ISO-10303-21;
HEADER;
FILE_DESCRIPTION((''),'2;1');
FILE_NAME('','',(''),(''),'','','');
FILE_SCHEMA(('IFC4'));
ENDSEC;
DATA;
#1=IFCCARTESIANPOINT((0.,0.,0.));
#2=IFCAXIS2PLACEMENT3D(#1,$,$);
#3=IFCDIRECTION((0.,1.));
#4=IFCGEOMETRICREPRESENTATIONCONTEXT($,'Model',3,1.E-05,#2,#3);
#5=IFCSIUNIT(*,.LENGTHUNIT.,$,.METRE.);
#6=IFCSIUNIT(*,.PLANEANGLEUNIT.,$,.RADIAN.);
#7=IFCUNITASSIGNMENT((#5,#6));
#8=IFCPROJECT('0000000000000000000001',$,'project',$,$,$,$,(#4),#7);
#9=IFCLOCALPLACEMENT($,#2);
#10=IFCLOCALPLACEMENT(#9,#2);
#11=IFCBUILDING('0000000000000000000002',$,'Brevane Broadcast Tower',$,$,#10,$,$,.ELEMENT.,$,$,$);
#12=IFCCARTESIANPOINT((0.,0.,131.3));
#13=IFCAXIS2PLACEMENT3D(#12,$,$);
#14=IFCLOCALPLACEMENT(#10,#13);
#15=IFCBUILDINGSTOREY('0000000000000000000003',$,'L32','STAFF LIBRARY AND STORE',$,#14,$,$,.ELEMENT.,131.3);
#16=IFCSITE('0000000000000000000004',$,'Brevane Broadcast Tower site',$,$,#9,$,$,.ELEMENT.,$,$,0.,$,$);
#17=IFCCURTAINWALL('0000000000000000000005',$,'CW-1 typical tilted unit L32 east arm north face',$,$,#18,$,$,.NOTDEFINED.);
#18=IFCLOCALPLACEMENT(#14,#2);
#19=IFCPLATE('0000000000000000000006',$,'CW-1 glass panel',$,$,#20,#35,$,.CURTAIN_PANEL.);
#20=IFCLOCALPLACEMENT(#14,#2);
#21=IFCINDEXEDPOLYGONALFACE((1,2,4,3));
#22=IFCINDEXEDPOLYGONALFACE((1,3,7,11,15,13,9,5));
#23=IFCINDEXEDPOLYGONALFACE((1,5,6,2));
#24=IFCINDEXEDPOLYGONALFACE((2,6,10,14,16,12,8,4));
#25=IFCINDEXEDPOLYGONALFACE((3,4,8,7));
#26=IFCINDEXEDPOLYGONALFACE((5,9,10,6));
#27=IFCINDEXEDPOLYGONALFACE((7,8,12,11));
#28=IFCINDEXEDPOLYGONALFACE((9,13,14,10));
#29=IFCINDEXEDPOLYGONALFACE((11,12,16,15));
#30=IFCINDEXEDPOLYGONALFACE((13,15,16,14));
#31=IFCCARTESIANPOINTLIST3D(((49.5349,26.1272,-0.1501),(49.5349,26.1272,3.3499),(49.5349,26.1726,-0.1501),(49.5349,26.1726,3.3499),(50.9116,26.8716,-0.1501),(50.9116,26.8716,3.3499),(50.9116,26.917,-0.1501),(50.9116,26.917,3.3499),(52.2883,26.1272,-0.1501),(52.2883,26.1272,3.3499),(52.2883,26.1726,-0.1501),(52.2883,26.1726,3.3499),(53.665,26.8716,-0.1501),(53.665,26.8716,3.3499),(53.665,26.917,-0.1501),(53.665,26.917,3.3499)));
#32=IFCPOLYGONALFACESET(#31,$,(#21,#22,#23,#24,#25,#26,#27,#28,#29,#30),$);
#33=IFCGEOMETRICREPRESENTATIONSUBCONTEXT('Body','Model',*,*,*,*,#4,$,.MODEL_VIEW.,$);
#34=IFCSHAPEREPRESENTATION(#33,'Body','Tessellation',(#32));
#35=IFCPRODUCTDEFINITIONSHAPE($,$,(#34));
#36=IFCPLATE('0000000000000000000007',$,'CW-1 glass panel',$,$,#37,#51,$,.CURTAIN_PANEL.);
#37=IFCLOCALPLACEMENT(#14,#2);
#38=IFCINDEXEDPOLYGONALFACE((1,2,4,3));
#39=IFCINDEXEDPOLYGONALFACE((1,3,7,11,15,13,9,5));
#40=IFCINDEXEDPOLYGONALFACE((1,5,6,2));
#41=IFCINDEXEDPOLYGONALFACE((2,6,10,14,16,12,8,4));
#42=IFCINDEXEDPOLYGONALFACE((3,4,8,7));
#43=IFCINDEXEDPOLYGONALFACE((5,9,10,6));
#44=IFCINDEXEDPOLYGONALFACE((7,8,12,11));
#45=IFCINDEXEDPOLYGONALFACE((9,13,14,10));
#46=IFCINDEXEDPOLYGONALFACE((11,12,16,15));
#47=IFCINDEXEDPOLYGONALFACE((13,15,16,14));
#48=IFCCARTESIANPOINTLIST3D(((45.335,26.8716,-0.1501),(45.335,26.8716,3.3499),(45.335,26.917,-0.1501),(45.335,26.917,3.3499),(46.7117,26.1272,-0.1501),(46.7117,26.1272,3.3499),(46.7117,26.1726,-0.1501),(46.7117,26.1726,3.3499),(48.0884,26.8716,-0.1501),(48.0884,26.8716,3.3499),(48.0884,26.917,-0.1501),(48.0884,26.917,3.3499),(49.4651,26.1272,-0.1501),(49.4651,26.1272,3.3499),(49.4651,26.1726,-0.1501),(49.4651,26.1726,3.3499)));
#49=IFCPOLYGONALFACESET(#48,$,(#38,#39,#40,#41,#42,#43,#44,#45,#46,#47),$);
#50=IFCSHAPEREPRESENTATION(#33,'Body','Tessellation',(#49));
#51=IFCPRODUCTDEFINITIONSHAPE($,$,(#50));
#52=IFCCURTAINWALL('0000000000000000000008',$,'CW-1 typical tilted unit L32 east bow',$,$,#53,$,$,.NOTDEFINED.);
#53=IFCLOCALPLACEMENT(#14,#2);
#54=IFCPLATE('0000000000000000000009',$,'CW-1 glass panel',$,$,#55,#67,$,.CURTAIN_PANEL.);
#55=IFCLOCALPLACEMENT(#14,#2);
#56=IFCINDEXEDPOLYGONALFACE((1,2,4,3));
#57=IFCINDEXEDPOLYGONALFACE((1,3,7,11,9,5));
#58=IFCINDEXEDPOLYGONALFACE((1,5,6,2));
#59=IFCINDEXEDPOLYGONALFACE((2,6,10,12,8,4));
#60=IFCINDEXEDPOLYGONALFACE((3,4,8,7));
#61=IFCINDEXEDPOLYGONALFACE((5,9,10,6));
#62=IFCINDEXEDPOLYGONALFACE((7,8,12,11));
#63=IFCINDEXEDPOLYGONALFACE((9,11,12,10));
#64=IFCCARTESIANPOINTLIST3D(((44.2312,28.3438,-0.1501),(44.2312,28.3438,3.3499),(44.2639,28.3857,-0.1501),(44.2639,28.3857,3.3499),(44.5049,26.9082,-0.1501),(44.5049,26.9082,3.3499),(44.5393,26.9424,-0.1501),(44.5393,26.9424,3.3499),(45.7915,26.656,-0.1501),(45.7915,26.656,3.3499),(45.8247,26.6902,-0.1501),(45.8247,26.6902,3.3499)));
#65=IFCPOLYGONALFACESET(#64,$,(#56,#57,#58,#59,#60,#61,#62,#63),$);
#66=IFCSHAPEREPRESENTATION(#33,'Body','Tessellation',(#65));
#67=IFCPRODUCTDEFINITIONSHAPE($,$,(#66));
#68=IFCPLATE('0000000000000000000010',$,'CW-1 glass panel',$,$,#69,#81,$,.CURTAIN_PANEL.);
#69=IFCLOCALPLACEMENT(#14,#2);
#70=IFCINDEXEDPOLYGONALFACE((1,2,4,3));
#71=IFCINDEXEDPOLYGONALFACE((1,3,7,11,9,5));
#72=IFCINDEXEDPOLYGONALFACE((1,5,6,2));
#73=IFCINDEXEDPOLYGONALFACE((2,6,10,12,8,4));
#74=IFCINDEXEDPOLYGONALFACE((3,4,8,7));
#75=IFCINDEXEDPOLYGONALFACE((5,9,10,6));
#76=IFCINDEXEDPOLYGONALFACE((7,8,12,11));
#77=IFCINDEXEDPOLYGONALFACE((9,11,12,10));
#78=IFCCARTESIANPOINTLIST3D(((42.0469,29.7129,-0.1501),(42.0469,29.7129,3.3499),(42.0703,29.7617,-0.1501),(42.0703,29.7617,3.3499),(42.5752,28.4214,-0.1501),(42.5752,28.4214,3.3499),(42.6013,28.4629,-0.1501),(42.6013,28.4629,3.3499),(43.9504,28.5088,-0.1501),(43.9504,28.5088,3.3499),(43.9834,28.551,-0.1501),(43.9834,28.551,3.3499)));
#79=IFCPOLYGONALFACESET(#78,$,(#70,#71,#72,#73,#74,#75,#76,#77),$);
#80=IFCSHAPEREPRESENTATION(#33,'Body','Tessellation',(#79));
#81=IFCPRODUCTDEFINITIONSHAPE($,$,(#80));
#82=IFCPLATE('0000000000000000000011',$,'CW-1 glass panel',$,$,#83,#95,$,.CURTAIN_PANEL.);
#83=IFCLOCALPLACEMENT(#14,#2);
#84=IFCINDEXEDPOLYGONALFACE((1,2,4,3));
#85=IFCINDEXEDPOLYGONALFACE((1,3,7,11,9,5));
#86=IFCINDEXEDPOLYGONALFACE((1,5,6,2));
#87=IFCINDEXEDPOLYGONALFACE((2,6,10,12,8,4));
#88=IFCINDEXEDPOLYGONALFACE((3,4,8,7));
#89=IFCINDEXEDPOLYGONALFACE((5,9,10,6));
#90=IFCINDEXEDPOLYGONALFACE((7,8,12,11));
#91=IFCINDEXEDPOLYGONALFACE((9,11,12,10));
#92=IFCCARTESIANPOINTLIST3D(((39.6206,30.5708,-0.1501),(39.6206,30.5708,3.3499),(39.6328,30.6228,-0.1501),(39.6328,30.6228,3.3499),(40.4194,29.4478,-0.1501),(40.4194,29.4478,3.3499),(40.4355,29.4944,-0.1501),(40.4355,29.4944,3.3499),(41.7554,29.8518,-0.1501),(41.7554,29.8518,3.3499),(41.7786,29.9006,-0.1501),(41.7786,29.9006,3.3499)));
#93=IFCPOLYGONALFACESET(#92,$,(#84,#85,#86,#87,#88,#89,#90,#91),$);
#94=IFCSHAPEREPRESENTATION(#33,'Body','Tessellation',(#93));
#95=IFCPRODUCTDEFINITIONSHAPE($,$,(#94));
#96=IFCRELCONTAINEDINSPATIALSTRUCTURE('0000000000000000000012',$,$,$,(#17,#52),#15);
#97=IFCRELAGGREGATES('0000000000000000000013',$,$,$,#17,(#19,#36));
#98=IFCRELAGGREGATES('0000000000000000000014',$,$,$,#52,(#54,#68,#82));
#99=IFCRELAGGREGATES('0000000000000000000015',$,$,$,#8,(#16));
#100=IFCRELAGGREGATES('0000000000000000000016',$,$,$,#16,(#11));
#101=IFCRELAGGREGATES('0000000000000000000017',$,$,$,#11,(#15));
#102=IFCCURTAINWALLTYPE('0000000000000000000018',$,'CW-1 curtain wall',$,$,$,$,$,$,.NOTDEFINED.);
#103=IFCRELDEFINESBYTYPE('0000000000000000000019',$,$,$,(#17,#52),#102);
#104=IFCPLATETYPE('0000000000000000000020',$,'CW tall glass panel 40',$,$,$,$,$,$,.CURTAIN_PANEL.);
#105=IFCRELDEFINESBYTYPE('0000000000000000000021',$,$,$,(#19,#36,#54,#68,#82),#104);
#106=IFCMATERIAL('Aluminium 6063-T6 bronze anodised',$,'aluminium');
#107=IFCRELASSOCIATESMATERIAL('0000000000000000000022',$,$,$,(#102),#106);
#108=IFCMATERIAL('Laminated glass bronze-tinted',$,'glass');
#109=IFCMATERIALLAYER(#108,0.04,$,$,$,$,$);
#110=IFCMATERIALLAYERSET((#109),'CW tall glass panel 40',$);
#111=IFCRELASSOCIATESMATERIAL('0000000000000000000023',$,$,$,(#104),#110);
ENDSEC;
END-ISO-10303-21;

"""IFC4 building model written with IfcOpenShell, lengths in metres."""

from ifc_helpers import new_model, si_unit, direction, frame, origin, place, context, subcontext, project, spatial, polyline, outline, extrude, material, layer, layer_set, type_object, element, aggregate, save


model = new_model("IFC4")

# Units and contexts
model_context = context("Model", 3, precision=1e-05, world=origin(), true_north=direction((0.0, 1.0)))
body_context = subcontext(model_context, "Body", "Model", "MODEL_VIEW")
ifc_project = project(units=[si_unit("LENGTHUNIT", "METRE"), si_unit("PLANEANGLEUNIT", "RADIAN")], contexts=[model_context])

# Site, building, storey
site_placement = place(None, origin())
site = spatial("IfcSite", under=ifc_project, at=site_placement, Name="Brevane Broadcast Tower site", CompositionType="ELEMENT", RefElevation=0.0)
building_placement = place(site_placement, origin())
building = spatial("IfcBuilding", under=site, at=building_placement, Name="Brevane Broadcast Tower", CompositionType="ELEMENT")
storey_placement = place(building_placement, frame((0.0, 0.0, 131.3)))
storey = spatial("IfcBuildingStorey", under=building, at=storey_placement, Name="L32", Description="STAFF LIBRARY AND STORE", CompositionType="ELEMENT", Elevation=131.3)

# Curtain walls, plates
ifc_material_1 = material(Name="Aluminium 6063-T6 bronze anodised", Category="aluminium")
curtain_wall_type = type_object("IfcCurtainWallType", Name="CW-1 curtain wall", PredefinedType="NOTDEFINED", material=ifc_material_1)
ifc_material_2 = material(Name="Laminated glass bronze-tinted", Category="glass")
ifc_layer = layer(ifc_material_2, 0.04)
ifc_layer_set = layer_set([ifc_layer], Name="CW tall glass panel 40")
plate_type = type_object("IfcPlateType", Name="CW tall glass panel 40", PredefinedType="CURTAIN_PANEL", material=ifc_layer_set)
curtain_wall_1_placement = place(storey_placement, origin())
curtain_wall_1 = element("IfcCurtainWall", 1, at=curtain_wall_1_placement, inside=storey, type_object=curtain_wall_type, Name="CW-1 typical tilted unit L32 east arm north face", PredefinedType="NOTDEFINED")
plate_1_placement = place(storey_placement, frame((0.0, 0.0, -0.1501)))
plate_1 = element("IfcPlate", 2, at=plate_1_placement, type_object=plate_type, Name="CW-1 glass panel", PredefinedType="CURTAIN_PANEL", context=body_context, shape_type="SweptSolid", body=[
    extrude(outline(polyline([(53.665, 26.8716), (53.665, 26.917), (52.2883, 26.1726), (50.9116, 26.917), (49.5349, 26.1726), (49.5349, 26.1272), (50.9116, 26.8716), (52.2883, 26.1272), (53.665, 26.8716)])), origin(), (0.0, 0.0, 1.0), 3.5),
])
plate_2_placement = place(storey_placement, frame((0.0, 0.0, -0.1501)))
plate_2 = element("IfcPlate", 3, at=plate_2_placement, type_object=plate_type, Name="CW-1 glass panel", PredefinedType="CURTAIN_PANEL", context=body_context, shape_type="SweptSolid", body=[
    extrude(outline(polyline([(49.4651, 26.1272), (49.4651, 26.1726), (48.0884, 26.917), (46.7117, 26.1726), (45.335, 26.917), (45.335, 26.8716), (46.7117, 26.1272), (48.0884, 26.8716), (49.4651, 26.1272)])), origin(), (0.0, 0.0, 1.0), 3.5),
])
aggregate(curtain_wall_1, [plate_1, plate_2])
curtain_wall_2_placement = place(storey_placement, origin())
curtain_wall_2 = element("IfcCurtainWall", 4, at=curtain_wall_2_placement, inside=storey, type_object=curtain_wall_type, Name="CW-1 typical tilted unit L32 east bow", PredefinedType="NOTDEFINED")
plate_3_placement = place(storey_placement, frame((0.0, 0.0, -0.1501)))
plate_3 = element("IfcPlate", 5, at=plate_3_placement, type_object=plate_type, Name="CW-1 glass panel", PredefinedType="CURTAIN_PANEL", context=body_context, shape_type="SweptSolid", body=[
    extrude(outline(polyline([(45.7915, 26.656), (45.8247, 26.6902), (44.5393, 26.9424), (44.2639, 28.3857), (44.2312, 28.3438), (44.5049, 26.9082), (45.7915, 26.656)])), origin(), (0.0, 0.0, 1.0), 3.5),
])
plate_4_placement = place(storey_placement, frame((0.0, 0.0, -0.1501)))
plate_4 = element("IfcPlate", 6, at=plate_4_placement, type_object=plate_type, Name="CW-1 glass panel", PredefinedType="CURTAIN_PANEL", context=body_context, shape_type="SweptSolid", body=[
    extrude(outline(polyline([(43.9504, 28.5088), (43.9834, 28.551), (42.6013, 28.4629), (42.0703, 29.7617), (42.0469, 29.7129), (42.5752, 28.4214), (43.9504, 28.5088)])), origin(), (0.0, 0.0, 1.0), 3.5),
])
plate_5_placement = place(storey_placement, frame((0.0, 0.0, -0.1501)))
plate_5 = element("IfcPlate", 7, at=plate_5_placement, type_object=plate_type, Name="CW-1 glass panel", PredefinedType="CURTAIN_PANEL", context=body_context, shape_type="SweptSolid", body=[
    extrude(outline(polyline([(41.7554, 29.8518), (41.7786, 29.9006), (40.4355, 29.4944), (39.6328, 30.6228), (39.6206, 30.5708), (40.4194, 29.4478), (41.7554, 29.8518)])), origin(), (0.0, 0.0, 1.0), 3.5),
])
aggregate(curtain_wall_2, [plate_3, plate_4, plate_5])

save(model, "model.ifc")
